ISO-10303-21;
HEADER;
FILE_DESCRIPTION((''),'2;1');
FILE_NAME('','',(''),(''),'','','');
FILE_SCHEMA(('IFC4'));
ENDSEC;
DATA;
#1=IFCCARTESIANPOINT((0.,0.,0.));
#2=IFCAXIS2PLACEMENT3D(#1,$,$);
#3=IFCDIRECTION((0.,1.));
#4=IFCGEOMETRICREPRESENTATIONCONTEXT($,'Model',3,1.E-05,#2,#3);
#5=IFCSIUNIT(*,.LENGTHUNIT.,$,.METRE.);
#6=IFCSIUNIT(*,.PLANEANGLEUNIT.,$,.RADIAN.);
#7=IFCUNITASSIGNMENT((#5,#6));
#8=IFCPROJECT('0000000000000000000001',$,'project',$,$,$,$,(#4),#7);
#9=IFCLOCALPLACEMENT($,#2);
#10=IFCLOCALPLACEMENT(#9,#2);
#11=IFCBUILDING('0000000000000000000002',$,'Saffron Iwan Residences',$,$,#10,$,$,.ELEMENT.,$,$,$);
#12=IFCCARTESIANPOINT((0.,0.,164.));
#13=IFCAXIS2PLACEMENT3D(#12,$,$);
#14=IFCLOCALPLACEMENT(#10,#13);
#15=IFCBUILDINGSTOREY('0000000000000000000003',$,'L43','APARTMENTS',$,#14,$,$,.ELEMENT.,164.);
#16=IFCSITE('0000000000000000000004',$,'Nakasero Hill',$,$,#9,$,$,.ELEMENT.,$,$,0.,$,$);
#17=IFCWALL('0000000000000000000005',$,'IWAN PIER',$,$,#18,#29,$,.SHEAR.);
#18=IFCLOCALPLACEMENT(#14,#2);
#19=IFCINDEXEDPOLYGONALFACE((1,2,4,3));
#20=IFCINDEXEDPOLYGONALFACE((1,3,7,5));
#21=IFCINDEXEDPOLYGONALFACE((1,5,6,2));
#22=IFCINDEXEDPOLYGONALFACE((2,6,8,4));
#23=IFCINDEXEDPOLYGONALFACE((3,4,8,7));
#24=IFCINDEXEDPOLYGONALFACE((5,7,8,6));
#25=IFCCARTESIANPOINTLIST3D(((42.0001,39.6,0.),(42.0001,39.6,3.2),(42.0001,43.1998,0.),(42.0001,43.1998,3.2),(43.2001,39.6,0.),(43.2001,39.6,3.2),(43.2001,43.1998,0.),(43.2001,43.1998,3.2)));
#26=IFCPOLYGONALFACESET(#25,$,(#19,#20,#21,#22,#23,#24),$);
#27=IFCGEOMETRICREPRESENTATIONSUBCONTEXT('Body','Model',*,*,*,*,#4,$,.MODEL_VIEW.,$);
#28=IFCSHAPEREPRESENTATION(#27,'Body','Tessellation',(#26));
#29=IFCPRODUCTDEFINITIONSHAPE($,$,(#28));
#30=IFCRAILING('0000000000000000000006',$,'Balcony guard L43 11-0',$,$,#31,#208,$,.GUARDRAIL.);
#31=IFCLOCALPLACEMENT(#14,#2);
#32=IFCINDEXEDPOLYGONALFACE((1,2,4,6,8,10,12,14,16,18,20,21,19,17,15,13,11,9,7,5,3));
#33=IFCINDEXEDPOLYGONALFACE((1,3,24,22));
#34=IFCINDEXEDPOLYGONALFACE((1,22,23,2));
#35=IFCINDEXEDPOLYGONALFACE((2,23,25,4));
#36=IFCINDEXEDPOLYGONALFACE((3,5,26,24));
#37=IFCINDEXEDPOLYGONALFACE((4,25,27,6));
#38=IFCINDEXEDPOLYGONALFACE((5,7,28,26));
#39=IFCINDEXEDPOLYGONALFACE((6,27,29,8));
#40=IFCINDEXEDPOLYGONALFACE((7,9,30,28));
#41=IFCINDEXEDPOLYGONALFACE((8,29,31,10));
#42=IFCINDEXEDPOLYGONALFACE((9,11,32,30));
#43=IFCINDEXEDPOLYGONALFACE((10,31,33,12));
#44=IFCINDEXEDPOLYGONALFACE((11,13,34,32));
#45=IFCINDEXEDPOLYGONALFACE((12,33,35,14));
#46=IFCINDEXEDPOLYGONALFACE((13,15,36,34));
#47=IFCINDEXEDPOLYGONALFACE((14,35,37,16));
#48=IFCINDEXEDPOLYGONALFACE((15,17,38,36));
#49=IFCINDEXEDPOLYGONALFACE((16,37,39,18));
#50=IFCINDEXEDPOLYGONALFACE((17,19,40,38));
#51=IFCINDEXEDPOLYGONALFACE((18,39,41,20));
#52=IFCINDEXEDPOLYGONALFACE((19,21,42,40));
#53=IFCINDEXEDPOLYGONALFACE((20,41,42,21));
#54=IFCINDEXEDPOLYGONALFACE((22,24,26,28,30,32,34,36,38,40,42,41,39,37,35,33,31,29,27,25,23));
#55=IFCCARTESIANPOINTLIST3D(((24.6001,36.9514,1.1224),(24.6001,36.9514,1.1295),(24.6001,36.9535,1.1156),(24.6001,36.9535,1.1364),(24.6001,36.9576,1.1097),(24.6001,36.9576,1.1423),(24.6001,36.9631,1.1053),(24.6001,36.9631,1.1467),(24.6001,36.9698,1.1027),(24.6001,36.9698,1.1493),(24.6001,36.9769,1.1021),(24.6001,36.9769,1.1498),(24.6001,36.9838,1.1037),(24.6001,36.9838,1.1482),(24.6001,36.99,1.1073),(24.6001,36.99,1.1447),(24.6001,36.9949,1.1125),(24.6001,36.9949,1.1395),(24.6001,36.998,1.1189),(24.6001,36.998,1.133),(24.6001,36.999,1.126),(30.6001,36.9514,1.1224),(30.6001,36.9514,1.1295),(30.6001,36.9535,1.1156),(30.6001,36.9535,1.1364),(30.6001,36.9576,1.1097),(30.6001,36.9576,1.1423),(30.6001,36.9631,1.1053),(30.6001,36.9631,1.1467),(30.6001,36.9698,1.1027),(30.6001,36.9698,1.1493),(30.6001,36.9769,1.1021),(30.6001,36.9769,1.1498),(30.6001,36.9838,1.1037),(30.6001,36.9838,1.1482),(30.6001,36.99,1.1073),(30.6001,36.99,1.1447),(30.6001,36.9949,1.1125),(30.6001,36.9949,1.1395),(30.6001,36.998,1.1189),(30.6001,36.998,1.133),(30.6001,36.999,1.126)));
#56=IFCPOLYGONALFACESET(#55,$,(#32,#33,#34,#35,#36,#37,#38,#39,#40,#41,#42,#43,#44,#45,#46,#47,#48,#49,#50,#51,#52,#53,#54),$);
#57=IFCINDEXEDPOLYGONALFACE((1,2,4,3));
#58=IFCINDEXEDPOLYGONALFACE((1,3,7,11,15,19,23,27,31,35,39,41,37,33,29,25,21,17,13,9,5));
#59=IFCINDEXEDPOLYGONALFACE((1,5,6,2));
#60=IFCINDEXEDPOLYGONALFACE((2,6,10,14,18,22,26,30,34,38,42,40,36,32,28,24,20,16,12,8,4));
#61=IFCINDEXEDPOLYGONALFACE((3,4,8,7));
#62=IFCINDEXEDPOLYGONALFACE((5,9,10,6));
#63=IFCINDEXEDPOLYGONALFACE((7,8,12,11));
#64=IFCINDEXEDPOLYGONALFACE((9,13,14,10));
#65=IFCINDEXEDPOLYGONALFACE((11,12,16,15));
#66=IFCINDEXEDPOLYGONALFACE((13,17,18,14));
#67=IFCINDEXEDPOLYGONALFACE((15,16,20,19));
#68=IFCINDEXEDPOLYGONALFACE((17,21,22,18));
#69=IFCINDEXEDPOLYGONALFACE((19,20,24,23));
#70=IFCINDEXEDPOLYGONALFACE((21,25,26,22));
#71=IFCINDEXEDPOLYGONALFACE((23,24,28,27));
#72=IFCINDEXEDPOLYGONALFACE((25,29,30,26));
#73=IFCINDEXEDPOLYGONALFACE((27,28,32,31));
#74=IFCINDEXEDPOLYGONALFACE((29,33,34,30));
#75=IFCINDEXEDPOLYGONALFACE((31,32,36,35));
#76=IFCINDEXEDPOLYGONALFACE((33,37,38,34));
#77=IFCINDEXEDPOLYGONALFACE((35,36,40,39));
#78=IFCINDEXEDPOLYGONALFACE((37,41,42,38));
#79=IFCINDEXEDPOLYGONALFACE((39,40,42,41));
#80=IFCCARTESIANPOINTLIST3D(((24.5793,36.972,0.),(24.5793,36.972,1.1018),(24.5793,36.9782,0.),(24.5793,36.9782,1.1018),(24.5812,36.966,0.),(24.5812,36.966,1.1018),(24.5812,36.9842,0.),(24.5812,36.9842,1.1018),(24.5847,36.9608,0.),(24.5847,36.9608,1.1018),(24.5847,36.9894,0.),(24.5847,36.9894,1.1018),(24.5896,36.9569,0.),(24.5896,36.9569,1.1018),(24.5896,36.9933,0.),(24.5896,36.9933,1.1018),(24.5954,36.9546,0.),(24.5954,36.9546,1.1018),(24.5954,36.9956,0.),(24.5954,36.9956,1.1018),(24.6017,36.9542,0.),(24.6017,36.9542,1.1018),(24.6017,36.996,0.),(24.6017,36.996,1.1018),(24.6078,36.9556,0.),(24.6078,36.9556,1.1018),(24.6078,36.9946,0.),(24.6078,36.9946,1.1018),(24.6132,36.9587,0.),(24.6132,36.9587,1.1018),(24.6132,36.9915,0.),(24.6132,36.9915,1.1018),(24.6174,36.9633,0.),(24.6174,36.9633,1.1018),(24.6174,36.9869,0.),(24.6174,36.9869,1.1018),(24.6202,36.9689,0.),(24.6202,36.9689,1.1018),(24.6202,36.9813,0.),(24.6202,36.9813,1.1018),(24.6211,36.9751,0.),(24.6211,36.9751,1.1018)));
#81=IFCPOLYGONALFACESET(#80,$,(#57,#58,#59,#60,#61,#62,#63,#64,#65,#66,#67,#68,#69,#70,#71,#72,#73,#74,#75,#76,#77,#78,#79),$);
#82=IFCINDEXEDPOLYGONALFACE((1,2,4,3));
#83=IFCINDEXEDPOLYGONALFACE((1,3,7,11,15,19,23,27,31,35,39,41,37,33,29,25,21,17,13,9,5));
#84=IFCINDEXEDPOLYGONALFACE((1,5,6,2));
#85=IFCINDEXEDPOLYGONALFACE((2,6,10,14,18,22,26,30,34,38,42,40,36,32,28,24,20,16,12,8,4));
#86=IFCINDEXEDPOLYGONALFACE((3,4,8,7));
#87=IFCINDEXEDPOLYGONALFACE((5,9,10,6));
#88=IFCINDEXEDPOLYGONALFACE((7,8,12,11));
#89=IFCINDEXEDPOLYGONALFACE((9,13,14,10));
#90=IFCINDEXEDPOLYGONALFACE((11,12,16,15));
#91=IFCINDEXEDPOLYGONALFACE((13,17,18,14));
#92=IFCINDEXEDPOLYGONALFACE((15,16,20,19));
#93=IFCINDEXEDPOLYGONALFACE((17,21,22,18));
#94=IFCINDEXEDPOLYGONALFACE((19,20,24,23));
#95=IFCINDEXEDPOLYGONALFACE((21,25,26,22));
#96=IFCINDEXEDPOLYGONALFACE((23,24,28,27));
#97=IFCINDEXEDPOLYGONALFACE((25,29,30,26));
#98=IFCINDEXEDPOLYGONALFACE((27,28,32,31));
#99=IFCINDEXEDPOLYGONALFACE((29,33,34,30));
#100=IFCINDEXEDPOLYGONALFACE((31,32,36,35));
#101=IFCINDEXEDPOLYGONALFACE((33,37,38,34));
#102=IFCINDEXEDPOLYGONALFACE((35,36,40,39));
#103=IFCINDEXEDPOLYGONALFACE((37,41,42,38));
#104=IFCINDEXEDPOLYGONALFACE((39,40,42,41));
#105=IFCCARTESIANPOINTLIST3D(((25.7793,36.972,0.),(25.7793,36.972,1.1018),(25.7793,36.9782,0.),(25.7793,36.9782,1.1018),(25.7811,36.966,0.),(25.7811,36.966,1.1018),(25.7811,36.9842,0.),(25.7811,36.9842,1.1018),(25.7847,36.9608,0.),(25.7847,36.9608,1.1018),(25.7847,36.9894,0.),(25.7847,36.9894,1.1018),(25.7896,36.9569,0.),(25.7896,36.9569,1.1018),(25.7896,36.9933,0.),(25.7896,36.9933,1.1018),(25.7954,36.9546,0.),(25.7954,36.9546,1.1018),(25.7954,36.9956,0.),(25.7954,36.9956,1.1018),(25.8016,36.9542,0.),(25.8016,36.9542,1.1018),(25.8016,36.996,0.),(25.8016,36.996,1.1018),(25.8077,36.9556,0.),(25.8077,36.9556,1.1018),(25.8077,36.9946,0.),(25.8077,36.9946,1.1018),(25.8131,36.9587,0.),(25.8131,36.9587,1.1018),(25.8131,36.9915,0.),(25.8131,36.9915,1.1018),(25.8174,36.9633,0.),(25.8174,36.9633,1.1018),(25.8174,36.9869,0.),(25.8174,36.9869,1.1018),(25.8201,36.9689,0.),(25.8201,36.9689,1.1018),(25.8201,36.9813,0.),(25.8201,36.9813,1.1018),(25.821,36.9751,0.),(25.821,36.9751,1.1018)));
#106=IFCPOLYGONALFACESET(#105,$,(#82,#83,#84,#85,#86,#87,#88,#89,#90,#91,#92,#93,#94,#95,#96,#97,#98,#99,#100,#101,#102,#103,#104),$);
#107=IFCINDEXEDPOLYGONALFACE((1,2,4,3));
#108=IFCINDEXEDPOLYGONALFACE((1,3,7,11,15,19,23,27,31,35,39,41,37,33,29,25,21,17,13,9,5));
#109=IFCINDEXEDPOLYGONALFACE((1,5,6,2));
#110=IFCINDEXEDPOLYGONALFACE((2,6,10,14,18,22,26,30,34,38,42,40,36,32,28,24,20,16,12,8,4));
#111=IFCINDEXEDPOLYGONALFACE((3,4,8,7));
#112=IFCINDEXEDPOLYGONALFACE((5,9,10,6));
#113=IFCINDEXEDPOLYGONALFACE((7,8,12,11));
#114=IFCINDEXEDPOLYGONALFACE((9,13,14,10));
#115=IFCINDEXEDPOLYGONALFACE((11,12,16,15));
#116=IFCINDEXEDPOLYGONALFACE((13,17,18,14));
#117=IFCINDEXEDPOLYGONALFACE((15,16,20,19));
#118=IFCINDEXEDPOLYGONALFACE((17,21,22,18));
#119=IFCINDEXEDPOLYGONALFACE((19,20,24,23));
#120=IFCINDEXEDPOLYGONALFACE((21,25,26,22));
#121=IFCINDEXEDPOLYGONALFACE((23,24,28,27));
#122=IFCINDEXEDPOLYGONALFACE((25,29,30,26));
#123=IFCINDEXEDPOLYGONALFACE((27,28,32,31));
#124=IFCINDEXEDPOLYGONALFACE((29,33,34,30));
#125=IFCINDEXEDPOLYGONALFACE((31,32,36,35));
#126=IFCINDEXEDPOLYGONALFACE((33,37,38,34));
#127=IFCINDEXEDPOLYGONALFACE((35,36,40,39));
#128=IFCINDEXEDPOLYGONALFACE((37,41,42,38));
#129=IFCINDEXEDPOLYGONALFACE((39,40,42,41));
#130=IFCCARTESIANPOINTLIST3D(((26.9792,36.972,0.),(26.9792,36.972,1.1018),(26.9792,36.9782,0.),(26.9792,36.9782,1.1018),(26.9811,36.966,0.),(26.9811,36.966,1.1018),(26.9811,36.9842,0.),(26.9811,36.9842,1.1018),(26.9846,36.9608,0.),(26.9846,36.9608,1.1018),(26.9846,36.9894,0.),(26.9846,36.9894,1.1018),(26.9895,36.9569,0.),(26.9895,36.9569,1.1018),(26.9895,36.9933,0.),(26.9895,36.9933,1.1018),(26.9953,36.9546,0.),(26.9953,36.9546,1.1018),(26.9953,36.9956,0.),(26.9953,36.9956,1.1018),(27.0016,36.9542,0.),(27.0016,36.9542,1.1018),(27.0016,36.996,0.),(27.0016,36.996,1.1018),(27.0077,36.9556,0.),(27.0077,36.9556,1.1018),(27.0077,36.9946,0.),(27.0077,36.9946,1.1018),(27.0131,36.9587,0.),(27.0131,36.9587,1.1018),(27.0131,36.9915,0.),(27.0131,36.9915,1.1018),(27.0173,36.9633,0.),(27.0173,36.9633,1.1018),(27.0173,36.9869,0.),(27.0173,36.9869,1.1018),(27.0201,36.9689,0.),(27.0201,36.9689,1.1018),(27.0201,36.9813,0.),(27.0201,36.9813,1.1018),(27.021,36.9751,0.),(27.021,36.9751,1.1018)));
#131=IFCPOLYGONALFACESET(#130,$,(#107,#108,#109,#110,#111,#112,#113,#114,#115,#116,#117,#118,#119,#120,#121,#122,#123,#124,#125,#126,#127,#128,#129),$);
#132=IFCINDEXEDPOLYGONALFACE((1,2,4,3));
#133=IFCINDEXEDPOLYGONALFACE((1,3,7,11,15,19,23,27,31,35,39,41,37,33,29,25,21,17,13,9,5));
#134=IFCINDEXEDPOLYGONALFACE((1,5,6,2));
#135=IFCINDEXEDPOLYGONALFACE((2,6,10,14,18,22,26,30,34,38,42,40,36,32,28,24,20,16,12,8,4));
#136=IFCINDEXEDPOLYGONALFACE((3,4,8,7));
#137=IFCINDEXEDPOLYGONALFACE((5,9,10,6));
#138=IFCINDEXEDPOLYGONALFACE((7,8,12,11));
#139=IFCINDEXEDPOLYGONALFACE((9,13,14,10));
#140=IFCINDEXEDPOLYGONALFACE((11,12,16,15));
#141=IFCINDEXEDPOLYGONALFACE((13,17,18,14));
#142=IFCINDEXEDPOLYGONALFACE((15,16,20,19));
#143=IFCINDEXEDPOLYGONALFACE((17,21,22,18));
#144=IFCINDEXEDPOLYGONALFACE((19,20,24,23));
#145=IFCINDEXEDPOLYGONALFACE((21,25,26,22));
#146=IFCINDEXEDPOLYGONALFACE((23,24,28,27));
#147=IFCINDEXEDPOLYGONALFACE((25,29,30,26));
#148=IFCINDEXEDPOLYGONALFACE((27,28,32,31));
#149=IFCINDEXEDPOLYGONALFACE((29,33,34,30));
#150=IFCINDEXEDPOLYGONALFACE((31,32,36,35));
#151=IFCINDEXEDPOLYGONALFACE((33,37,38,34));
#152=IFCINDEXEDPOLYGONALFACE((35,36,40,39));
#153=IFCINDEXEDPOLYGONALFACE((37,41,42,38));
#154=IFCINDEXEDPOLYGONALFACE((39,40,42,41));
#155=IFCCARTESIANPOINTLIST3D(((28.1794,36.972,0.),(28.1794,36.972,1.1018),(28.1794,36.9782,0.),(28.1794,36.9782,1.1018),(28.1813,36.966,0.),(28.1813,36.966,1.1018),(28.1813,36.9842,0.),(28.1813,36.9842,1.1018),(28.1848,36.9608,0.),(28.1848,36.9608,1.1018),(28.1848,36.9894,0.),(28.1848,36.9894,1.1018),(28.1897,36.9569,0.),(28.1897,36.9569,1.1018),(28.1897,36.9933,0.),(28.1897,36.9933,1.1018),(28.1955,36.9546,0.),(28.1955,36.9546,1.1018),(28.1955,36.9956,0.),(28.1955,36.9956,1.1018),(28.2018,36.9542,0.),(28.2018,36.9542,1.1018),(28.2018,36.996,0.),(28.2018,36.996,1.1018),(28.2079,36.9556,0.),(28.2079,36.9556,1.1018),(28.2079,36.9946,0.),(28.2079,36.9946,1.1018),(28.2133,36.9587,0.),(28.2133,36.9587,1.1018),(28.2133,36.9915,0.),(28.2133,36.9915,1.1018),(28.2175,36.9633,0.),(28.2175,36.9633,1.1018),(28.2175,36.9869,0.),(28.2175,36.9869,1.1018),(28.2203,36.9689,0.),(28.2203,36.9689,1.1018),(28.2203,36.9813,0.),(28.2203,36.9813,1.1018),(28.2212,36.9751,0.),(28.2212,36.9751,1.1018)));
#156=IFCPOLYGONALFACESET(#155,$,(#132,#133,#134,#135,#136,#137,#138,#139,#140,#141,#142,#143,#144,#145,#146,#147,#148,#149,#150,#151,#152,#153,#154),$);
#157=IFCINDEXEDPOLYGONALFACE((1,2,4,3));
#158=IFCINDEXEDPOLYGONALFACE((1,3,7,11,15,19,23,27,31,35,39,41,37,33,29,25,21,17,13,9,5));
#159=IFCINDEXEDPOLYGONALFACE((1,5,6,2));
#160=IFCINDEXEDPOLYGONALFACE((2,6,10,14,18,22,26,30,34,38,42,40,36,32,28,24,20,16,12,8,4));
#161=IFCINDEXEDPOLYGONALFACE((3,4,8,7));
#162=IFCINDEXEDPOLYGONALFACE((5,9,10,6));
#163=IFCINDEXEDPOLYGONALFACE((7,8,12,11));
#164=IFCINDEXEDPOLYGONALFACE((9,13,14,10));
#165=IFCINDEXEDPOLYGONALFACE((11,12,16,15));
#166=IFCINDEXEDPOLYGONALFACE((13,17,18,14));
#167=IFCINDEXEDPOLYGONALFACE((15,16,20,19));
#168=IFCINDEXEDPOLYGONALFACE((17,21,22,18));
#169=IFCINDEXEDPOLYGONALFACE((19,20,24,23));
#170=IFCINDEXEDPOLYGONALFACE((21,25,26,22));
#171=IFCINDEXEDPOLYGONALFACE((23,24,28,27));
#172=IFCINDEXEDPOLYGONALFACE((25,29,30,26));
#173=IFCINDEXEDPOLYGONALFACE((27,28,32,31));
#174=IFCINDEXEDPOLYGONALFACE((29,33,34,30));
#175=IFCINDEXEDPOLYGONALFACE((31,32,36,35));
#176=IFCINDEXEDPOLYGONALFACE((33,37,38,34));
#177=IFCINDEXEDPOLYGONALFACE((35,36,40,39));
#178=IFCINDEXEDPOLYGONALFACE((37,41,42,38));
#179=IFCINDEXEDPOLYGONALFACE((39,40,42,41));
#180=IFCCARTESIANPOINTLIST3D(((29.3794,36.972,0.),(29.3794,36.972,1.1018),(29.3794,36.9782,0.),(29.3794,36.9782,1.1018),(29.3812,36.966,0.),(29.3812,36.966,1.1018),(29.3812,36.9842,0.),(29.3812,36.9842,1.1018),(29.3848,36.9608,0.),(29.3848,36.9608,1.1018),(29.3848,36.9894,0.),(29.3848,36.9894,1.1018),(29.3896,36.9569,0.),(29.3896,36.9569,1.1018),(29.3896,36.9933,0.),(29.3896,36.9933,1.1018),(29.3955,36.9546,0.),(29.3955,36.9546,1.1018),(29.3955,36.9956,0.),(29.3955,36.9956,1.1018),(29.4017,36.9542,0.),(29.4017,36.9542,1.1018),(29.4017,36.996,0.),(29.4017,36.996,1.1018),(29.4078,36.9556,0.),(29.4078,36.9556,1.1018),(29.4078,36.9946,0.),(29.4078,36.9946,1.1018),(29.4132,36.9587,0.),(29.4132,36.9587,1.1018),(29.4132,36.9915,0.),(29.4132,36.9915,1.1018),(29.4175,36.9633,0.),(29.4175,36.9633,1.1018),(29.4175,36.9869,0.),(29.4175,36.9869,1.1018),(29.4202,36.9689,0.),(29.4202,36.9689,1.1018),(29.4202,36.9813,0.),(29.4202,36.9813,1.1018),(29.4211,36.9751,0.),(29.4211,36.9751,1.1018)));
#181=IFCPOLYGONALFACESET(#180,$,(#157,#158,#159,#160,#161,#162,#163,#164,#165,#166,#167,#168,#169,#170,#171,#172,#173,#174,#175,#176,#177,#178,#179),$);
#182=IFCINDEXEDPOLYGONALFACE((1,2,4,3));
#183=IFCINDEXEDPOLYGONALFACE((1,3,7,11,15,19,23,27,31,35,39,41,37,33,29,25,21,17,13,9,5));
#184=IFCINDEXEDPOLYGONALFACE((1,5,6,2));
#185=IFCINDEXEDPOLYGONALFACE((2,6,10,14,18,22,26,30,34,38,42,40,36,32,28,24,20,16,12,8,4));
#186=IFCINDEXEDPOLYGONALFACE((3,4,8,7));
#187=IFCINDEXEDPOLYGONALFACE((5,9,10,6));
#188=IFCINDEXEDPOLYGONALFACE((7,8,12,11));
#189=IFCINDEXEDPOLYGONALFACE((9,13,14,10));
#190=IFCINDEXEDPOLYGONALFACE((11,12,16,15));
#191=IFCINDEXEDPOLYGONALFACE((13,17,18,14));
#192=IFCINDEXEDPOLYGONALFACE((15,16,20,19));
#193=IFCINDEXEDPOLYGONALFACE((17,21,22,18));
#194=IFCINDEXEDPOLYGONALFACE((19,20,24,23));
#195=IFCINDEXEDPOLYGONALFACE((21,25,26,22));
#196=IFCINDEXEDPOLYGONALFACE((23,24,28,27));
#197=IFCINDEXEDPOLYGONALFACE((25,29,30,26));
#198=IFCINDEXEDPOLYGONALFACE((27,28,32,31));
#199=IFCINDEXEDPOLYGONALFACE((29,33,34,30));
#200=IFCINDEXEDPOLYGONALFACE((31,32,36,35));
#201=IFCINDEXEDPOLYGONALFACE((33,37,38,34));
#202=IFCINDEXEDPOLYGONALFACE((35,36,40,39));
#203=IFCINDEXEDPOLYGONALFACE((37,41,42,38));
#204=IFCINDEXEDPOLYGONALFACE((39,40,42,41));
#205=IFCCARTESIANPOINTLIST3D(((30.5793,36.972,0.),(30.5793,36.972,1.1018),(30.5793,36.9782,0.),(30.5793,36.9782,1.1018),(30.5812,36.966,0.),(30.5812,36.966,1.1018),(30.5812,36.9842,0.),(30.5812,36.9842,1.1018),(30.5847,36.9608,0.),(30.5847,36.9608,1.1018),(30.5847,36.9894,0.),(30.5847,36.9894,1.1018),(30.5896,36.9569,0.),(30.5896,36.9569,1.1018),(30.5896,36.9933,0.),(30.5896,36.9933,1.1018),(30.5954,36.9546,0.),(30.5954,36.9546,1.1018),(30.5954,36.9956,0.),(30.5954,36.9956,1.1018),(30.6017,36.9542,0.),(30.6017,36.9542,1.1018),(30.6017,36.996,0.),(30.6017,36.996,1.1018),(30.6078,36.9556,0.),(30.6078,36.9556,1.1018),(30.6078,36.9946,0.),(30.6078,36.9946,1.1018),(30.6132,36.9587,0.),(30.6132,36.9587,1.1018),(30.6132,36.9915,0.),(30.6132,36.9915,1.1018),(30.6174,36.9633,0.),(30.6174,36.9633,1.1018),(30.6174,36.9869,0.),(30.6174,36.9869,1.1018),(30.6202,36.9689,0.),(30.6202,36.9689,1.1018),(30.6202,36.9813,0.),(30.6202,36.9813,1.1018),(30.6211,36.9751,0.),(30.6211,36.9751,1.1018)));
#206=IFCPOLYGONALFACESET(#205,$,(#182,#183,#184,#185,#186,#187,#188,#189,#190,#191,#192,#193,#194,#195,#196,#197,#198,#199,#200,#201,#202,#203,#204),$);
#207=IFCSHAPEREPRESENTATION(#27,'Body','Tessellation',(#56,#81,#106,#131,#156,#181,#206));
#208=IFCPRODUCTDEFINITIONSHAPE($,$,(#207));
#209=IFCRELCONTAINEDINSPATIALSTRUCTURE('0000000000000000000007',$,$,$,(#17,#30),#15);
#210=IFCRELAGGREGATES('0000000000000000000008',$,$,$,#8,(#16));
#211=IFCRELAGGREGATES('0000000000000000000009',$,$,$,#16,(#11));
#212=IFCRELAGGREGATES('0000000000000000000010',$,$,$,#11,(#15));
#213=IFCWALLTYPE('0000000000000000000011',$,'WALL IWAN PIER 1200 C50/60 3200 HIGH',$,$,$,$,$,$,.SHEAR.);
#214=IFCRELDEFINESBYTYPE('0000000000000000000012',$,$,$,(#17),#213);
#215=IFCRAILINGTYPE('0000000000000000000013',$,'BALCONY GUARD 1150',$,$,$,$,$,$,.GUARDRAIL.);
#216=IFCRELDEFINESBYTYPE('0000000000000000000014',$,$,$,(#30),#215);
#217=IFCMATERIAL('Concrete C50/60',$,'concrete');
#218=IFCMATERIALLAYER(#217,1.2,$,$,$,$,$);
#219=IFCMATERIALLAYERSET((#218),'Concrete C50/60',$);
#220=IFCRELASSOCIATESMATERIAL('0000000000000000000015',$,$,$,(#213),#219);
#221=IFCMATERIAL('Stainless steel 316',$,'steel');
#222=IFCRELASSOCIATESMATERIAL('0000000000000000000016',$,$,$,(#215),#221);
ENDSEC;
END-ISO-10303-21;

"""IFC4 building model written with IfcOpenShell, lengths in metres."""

from ifc_helpers import new_model, si_unit, direction, frame, frame_2d, origin, origin_2d, place, context, subcontext, project, spatial, rectangle, circle, extrude, material, layer, layer_set, type_object, element, save


model = new_model("IFC4")

# Units and contexts
model_context = context("Model", 3, precision=1e-05, world=origin(), true_north=direction((0.0, 1.0)))
body_context = subcontext(model_context, "Body", "Model", "MODEL_VIEW")
ifc_project = project(units=[si_unit("LENGTHUNIT", "METRE"), si_unit("PLANEANGLEUNIT", "RADIAN")], contexts=[model_context])

# Site, building, storey
site_placement = place(None, origin())
site = spatial("IfcSite", under=ifc_project, at=site_placement, Name="Nakasero Hill", CompositionType="ELEMENT", RefElevation=0.0)
building_placement = place(site_placement, origin())
building = spatial("IfcBuilding", under=site, at=building_placement, Name="Saffron Iwan Residences", CompositionType="ELEMENT")
storey_placement = place(building_placement, frame((0.0, 0.0, 164.0)))
storey = spatial("IfcBuildingStorey", under=building, at=storey_placement, Name="L43", Description="APARTMENTS", CompositionType="ELEMENT", Elevation=164.0)

# Shared definitions
ifc_material_1 = material(Name="Concrete C50/60", Category="concrete")

# Wall
ifc_layer_1 = layer(ifc_material_1, 1.2)
ifc_layer_set_1 = layer_set([ifc_layer_1], Name="Concrete C50/60")
wall_type_1 = type_object("IfcWallType", Name="WALL IWAN PIER 1200 C50/60 3200 HIGH", PredefinedType="SHEAR", material=ifc_layer_set_1)
wall_1_placement = place(storey_placement, frame((42.6001, 39.6001, 0.0), z_axis=(0.0, 0.0, 1.0), x_axis=(0.0, 1.0, 0.0)))
element("IfcWall", 1, at=wall_1_placement, inside=storey, type_object=wall_type_1, Name="IWAN PIER", PredefinedType="SHEAR", context=body_context, shape_type="SweptSolid", body=[
    extrude(rectangle(XDim=3.5999, YDim=1.2, at=frame_2d((1.7998, 0.0))), origin(), (0.0, 0.0, 1.0), 3.2),
])

# Railing
ifc_material_2 = material(Name="Stainless steel 316", Category="steel")
railing_type = type_object("IfcRailingType", Name="BALCONY GUARD 1150", PredefinedType="GUARDRAIL", material=ifc_material_2)
railing_placement = place(storey_placement, frame((24.6001, 36.9751, 0.0)))
element("IfcRailing", 2, at=railing_placement, inside=storey, type_object=railing_type, Name="Balcony guard L43 11-0", PredefinedType="GUARDRAIL", context=body_context, shape_type="SweptSolid", body=[
    extrude(circle(Radius=0.0239, at=origin_2d()), frame((0.0, 0.0, 1.126), z_axis=(1.0, 0.0, 0.0), x_axis=(0.0, 1.0, 0.0)), (0.0, 0.0, 1.0), 6.0),
    extrude(circle(Radius=0.021, at=origin_2d()), origin(), (0.0, 0.0, 1.0), 1.1018),
    extrude(circle(Radius=0.021, at=origin_2d()), frame((1.2, 0.0, 0.0)), (0.0, 0.0, 1.0), 1.1018),
    extrude(circle(Radius=0.021, at=origin_2d()), frame((2.3999, 0.0, 0.0)), (0.0, 0.0, 1.0), 1.1018),
    extrude(circle(Radius=0.021, at=origin_2d()), frame((3.6001, 0.0, 0.0)), (0.0, 0.0, 1.0), 1.1018),
    extrude(circle(Radius=0.021, at=origin_2d()), frame((4.8, 0.0, 0.0)), (0.0, 0.0, 1.0), 1.1018),
    extrude(circle(Radius=0.021, at=origin_2d()), frame((6.0, 0.0, 0.0)), (0.0, 0.0, 1.0), 1.1018),
])

save(model, "model.ifc")
